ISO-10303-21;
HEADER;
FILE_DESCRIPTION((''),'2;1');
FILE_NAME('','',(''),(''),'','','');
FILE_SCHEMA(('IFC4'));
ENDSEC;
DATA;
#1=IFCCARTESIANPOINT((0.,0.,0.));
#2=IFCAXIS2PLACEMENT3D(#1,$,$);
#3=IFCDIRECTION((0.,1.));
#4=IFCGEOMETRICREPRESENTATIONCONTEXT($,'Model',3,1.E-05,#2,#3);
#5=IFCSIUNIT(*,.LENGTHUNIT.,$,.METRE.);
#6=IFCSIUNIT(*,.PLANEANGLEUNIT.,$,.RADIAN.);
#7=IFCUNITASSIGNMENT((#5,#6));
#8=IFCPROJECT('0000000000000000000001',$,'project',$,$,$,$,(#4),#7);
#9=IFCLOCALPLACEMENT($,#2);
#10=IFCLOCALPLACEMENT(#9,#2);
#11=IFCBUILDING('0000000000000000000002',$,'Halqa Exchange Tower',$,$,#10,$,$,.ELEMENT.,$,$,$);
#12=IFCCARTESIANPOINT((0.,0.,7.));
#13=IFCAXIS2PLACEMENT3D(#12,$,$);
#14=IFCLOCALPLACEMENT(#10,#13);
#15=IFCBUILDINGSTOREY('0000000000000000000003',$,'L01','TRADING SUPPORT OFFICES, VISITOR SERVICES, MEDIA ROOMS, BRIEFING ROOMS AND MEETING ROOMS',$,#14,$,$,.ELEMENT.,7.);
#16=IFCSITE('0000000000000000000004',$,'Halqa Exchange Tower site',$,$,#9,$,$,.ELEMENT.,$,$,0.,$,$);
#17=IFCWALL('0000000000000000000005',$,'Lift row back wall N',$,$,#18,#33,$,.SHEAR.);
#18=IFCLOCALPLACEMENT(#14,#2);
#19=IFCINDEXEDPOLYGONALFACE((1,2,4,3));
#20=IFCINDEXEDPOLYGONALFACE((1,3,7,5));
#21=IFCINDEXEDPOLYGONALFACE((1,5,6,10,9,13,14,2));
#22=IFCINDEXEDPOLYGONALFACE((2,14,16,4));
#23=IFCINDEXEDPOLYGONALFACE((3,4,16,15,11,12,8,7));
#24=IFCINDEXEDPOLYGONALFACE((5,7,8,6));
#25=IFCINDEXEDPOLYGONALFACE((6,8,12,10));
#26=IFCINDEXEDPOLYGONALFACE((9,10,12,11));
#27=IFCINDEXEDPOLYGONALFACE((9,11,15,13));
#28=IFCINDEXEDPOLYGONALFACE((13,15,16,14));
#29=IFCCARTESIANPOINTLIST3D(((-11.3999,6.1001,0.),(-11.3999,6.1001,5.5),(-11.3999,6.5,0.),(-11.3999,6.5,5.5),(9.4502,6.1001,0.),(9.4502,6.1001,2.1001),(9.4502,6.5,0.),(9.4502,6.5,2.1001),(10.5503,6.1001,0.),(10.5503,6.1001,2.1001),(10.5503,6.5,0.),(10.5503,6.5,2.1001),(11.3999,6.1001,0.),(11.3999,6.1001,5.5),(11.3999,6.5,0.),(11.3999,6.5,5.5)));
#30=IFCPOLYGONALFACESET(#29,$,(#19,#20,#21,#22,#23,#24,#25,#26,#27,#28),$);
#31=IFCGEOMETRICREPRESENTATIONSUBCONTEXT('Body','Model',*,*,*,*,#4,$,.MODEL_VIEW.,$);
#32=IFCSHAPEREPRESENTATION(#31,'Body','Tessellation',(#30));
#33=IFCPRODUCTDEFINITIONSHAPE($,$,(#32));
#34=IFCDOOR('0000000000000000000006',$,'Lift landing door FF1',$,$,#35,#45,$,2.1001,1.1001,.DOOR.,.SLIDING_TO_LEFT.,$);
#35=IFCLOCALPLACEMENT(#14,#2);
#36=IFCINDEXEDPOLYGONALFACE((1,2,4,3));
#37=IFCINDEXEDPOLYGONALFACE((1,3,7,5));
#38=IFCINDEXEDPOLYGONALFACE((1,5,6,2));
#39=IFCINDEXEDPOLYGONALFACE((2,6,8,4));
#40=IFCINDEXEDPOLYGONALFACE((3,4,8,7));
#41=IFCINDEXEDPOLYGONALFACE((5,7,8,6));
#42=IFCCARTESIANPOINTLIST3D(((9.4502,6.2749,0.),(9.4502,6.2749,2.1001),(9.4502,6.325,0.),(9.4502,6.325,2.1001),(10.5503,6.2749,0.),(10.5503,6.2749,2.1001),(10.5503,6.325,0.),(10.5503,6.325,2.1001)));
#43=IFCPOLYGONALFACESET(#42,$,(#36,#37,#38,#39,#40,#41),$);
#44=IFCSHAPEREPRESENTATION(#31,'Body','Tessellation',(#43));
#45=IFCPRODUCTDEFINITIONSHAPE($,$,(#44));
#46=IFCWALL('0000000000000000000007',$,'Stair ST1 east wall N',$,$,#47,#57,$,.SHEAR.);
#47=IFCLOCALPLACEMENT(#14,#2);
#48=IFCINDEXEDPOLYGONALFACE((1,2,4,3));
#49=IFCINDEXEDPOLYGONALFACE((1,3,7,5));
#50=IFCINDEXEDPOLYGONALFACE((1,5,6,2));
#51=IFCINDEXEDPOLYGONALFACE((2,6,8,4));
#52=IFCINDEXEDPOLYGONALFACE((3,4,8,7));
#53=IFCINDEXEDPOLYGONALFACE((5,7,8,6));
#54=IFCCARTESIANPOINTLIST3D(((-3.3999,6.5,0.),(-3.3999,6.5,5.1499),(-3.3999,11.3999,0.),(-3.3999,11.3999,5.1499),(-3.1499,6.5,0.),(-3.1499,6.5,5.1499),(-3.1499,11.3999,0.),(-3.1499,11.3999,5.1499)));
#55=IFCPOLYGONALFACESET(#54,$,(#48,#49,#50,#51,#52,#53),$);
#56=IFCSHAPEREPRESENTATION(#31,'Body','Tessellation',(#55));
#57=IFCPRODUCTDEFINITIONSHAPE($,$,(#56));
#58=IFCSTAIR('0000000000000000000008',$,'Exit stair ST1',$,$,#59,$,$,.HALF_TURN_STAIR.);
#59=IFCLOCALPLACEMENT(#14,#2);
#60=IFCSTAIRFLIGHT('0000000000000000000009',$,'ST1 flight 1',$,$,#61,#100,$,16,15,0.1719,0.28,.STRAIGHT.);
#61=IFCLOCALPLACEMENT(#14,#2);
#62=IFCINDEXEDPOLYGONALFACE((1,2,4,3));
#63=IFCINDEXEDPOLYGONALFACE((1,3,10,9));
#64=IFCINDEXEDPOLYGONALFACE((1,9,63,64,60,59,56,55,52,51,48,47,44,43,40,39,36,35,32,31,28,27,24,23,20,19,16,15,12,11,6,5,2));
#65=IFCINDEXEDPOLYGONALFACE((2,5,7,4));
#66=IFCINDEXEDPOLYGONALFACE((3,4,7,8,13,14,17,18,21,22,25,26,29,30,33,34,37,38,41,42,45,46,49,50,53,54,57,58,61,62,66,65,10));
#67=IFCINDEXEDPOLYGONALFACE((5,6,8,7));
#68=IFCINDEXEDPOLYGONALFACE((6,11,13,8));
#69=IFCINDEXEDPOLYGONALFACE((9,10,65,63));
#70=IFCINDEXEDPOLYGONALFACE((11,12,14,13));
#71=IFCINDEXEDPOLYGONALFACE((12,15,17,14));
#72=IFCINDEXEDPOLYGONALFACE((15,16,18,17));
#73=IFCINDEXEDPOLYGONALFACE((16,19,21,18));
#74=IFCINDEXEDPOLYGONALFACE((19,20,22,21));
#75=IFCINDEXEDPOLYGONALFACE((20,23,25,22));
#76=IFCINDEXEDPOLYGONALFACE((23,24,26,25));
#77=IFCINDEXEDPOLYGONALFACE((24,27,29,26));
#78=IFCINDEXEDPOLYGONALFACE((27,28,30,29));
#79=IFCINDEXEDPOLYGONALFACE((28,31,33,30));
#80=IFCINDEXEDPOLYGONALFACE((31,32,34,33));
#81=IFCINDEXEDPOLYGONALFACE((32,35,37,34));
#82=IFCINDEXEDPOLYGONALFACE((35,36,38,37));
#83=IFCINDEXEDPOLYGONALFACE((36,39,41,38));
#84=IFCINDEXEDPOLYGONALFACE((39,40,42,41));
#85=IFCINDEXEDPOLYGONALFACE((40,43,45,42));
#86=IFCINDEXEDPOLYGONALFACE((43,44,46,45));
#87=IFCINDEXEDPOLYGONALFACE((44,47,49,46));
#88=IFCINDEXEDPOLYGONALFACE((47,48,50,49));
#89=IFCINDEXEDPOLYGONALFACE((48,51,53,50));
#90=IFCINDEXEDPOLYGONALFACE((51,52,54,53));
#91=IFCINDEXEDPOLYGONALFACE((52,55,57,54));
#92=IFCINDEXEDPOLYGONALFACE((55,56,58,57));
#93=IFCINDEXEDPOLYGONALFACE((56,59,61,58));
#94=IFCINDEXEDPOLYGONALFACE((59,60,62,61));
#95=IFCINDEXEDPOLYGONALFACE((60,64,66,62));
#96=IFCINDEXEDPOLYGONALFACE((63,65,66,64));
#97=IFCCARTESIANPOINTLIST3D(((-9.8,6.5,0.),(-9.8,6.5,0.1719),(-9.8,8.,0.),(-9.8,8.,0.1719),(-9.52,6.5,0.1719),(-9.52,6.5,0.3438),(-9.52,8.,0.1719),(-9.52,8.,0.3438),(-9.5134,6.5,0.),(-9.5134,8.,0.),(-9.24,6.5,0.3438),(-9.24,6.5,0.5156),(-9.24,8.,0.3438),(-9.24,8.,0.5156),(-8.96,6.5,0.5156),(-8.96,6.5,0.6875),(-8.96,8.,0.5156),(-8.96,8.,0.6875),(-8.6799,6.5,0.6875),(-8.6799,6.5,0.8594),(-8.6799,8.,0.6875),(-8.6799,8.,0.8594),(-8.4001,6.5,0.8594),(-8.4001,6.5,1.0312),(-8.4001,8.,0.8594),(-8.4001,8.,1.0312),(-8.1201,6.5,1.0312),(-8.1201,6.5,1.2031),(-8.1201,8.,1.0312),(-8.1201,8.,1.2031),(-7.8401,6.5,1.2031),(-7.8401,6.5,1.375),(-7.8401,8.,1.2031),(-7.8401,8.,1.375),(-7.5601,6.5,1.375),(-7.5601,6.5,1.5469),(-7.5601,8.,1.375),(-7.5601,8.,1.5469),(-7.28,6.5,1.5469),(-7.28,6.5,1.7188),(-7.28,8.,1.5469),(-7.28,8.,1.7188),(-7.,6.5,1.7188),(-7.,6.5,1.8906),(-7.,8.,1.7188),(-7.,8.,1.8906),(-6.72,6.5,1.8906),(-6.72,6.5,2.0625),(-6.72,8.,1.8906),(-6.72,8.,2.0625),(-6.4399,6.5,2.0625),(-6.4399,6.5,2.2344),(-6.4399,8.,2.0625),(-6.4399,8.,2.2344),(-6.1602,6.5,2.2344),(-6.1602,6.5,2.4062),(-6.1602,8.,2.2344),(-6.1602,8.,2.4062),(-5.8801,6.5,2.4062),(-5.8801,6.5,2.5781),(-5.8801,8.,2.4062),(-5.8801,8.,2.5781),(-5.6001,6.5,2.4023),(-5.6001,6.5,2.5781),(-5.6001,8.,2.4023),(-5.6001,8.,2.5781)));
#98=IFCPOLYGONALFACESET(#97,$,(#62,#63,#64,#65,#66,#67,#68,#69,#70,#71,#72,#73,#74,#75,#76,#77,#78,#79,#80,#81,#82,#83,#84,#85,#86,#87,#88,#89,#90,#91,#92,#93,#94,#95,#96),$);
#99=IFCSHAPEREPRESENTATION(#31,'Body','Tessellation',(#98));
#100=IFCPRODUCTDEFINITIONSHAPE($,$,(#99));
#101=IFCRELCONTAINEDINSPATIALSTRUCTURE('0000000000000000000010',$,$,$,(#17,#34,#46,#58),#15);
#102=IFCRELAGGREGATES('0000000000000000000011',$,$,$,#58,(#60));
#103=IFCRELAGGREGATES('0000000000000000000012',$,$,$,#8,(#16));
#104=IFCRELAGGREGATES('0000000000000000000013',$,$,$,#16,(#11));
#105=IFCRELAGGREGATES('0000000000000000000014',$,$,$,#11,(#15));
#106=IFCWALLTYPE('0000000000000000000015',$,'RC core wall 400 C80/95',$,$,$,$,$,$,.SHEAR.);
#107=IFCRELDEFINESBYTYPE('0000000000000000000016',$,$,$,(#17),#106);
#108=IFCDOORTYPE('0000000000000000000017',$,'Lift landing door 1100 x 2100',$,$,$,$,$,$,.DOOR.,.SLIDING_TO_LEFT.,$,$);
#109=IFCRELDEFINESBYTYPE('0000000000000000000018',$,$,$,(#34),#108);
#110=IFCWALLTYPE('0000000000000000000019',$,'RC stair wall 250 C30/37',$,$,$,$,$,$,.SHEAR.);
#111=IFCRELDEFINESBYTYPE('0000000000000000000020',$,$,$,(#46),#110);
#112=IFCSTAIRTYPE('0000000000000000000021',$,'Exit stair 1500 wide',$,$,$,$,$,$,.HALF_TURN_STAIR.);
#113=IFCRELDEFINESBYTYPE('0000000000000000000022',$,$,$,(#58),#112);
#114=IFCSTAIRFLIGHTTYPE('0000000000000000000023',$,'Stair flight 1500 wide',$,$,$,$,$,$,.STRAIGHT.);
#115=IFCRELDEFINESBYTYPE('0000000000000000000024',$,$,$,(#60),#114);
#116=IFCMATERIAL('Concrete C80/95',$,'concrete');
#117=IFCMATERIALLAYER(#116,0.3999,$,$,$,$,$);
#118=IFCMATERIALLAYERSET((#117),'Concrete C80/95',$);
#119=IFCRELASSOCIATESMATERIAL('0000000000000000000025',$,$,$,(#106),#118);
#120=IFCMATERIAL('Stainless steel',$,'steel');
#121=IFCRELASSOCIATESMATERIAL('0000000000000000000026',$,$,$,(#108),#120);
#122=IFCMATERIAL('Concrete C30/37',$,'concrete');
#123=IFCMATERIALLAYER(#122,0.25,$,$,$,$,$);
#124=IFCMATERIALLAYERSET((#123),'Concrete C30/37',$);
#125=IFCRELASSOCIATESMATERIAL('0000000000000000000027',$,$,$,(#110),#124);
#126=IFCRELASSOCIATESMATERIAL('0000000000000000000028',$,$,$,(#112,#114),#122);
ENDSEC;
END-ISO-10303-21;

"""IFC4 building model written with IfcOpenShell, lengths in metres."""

from ifc_helpers import new_model, si_unit, direction, frame, frame_2d, origin, place, context, subcontext, project, spatial, polyline, rectangle, outline, extrude, material, layer, layer_set, type_object, element, fill, aggregate, save


model = new_model("IFC4")

# Units and contexts
model_context = context("Model", 3, precision=1e-05, world=origin(), true_north=direction((0.0, 1.0)))
body_context = subcontext(model_context, "Body", "Model", "MODEL_VIEW")
ifc_project = project(units=[si_unit("LENGTHUNIT", "METRE"), si_unit("PLANEANGLEUNIT", "RADIAN")], contexts=[model_context])

# Site, building, storey
site_placement = place(None, origin())
site = spatial("IfcSite", under=ifc_project, at=site_placement, Name="Halqa Exchange Tower site", CompositionType="ELEMENT", RefElevation=0.0)
building_placement = place(site_placement, origin())
building = spatial("IfcBuilding", under=site, at=building_placement, Name="Halqa Exchange Tower", CompositionType="ELEMENT")
storey_placement = place(building_placement, frame((0.0, 0.0, 7.0)))
storey = spatial("IfcBuildingStorey", under=building, at=storey_placement, Name="L01", Description="TRADING SUPPORT OFFICES, VISITOR SERVICES, MEDIA ROOMS, BRIEFING ROOMS AND MEETING ROOMS", CompositionType="ELEMENT", Elevation=7.0)

# Shared definitions
ifc_material_1 = material(Name="Concrete C80/95", Category="concrete")
ifc_layer_1 = layer(ifc_material_1, 0.3999)
ifc_layer_set_1 = layer_set([ifc_layer_1], Name="Concrete C80/95")
wall_type_1 = type_object("IfcWallType", Name="RC core wall 400 C80/95", PredefinedType="SHEAR", material=ifc_layer_set_1)
ifc_material_2 = material(Name="Stainless steel", Category="steel")
door_type_1 = type_object("IfcDoorType", Name="Lift landing door 1100 x 2100", OperationType="SLIDING_TO_LEFT", PredefinedType="DOOR", material=ifc_material_2)

# Wall, opening, door
wall_1_placement = place(storey_placement, frame((-11.3999, 6.3, 0.0), z_axis=(0.0, 0.0, 1.0), x_axis=(1.0, 0.0, 0.0)))
wall_1 = element("IfcWall", 1, at=wall_1_placement, inside=storey, type_object=wall_type_1, Name="Lift row back wall N", PredefinedType="SHEAR", context=body_context, shape_type="SweptSolid", body=[
    extrude(rectangle(XDim=22.7998, YDim=0.3999, at=frame_2d((11.3999, 0.0))), origin(), (0.0, 0.0, 1.0), 5.5),
])
opening_1_placement = place(wall_1_placement, frame((20.8501, 0.0, 0.0)))
opening_1 = element("IfcOpeningElement", 2, at=opening_1_placement, cuts=wall_1, PredefinedType="OPENING", context=body_context, shape_type="SweptSolid", body=[
    extrude(rectangle(XDim=1.1001, YDim=2.1001, at=frame_2d((0.55, 1.05))), frame((0.0, 0.2119, 0.0), z_axis=(0.0, -1.0, 0.0), x_axis=(1.0, 0.0, 0.0)), (0.0, 0.0, 1.0), 0.4238),
])
door_1_placement = place(opening_1_placement, origin())
door_1 = element("IfcDoor", 3, at=door_1_placement, inside=storey, type_object=door_type_1, Name="Lift landing door FF1", OperationType="SLIDING_TO_LEFT", OverallHeight=2.1001, OverallWidth=1.1001, PredefinedType="DOOR", context=body_context, shape_type="SweptSolid", body=[
    extrude(rectangle(XDim=1.1001, YDim=2.1001, at=frame_2d((0.55, 1.05))), frame((0.0, 0.0249, 0.0), z_axis=(0.0, -1.0, 0.0), x_axis=(1.0, 0.0, 0.0)), (0.0, 0.0, 1.0), 0.05),
])
fill(opening_1, door_1)

# Wall
ifc_material_3 = material(Name="Concrete C30/37", Category="concrete")
ifc_layer_2 = layer(ifc_material_3, 0.25)
ifc_layer_set_2 = layer_set([ifc_layer_2], Name="Concrete C30/37")
wall_type_2 = type_object("IfcWallType", Name="RC stair wall 250 C30/37", PredefinedType="SHEAR", material=ifc_layer_set_2)
wall_2_placement = place(storey_placement, frame((-3.2749, 6.5, 0.0), z_axis=(0.0, 0.0, 1.0), x_axis=(0.0, 1.0, 0.0)))
element("IfcWall", 4, at=wall_2_placement, inside=storey, type_object=wall_type_2, Name="Stair ST1 east wall N", PredefinedType="SHEAR", context=body_context, shape_type="SweptSolid", body=[
    extrude(rectangle(XDim=4.8999, YDim=0.25, at=frame_2d((2.45, 0.0))), origin(), (0.0, 0.0, 1.0), 5.1499),
])

# Stair, stair flight
stair_type = type_object("IfcStairType", Name="Exit stair 1500 wide", PredefinedType="HALF_TURN_STAIR", material=ifc_material_3)
stair_placement = place(storey_placement, origin())
stair = element("IfcStair", 5, at=stair_placement, inside=storey, type_object=stair_type, Name="Exit stair ST1", PredefinedType="HALF_TURN_STAIR")
stair_flight_type = type_object("IfcStairFlightType", Name="Stair flight 1500 wide", PredefinedType="STRAIGHT", material=ifc_material_3)
stair_flight_placement = place(storey_placement, frame((-9.8, 7.25, 0.0), z_axis=(0.0, 0.0, 1.0), x_axis=(1.0, 0.0, 0.0)))
stair_flight = element("IfcStairFlight", 6, at=stair_flight_placement, type_object=stair_flight_type, Name="ST1 flight 1", NumberOfRisers=16, NumberOfTreads=15, PredefinedType="STRAIGHT", RiserHeight=0.1719, TreadLength=0.28, context=body_context, shape_type="SweptSolid", body=[
    extrude(outline(polyline([(0.0, 0.0), (0.0, 0.1719), (0.28, 0.1719), (0.28, 0.3438), (0.5601, 0.3438), (0.5601, 0.5156), (0.8401, 0.5156), (0.8401, 0.6875), (1.1201, 0.6875), (1.1201, 0.8594), (1.3999, 0.8594), (1.3999, 1.0312), (1.6799, 1.0312), (1.6799, 1.2031), (1.96, 1.2031), (1.96, 1.375), (2.24, 1.375), (2.24, 1.5469), (2.52, 1.5469), (2.52, 1.7188), (2.8, 1.7188), (2.8, 1.8906), (3.0801, 1.8906), (3.0801, 2.0625), (3.3601, 2.0625), (3.3601, 2.2344), (3.6399, 2.2344), (3.6399, 2.4062), (3.9199, 2.4062), (3.9199, 2.5781), (4.2, 2.5781), (4.2, 2.75), (4.2, 2.4023), (0.2866, 0.0), (0.0, 0.0)])), frame((0.0, 0.75, 0.0), z_axis=(0.0, -1.0, 0.0), x_axis=(1.0, 0.0, 0.0)), (0.0, 0.0, 1.0), 1.5),
])
aggregate(stair, [stair_flight])

save(model, "model.ifc")
